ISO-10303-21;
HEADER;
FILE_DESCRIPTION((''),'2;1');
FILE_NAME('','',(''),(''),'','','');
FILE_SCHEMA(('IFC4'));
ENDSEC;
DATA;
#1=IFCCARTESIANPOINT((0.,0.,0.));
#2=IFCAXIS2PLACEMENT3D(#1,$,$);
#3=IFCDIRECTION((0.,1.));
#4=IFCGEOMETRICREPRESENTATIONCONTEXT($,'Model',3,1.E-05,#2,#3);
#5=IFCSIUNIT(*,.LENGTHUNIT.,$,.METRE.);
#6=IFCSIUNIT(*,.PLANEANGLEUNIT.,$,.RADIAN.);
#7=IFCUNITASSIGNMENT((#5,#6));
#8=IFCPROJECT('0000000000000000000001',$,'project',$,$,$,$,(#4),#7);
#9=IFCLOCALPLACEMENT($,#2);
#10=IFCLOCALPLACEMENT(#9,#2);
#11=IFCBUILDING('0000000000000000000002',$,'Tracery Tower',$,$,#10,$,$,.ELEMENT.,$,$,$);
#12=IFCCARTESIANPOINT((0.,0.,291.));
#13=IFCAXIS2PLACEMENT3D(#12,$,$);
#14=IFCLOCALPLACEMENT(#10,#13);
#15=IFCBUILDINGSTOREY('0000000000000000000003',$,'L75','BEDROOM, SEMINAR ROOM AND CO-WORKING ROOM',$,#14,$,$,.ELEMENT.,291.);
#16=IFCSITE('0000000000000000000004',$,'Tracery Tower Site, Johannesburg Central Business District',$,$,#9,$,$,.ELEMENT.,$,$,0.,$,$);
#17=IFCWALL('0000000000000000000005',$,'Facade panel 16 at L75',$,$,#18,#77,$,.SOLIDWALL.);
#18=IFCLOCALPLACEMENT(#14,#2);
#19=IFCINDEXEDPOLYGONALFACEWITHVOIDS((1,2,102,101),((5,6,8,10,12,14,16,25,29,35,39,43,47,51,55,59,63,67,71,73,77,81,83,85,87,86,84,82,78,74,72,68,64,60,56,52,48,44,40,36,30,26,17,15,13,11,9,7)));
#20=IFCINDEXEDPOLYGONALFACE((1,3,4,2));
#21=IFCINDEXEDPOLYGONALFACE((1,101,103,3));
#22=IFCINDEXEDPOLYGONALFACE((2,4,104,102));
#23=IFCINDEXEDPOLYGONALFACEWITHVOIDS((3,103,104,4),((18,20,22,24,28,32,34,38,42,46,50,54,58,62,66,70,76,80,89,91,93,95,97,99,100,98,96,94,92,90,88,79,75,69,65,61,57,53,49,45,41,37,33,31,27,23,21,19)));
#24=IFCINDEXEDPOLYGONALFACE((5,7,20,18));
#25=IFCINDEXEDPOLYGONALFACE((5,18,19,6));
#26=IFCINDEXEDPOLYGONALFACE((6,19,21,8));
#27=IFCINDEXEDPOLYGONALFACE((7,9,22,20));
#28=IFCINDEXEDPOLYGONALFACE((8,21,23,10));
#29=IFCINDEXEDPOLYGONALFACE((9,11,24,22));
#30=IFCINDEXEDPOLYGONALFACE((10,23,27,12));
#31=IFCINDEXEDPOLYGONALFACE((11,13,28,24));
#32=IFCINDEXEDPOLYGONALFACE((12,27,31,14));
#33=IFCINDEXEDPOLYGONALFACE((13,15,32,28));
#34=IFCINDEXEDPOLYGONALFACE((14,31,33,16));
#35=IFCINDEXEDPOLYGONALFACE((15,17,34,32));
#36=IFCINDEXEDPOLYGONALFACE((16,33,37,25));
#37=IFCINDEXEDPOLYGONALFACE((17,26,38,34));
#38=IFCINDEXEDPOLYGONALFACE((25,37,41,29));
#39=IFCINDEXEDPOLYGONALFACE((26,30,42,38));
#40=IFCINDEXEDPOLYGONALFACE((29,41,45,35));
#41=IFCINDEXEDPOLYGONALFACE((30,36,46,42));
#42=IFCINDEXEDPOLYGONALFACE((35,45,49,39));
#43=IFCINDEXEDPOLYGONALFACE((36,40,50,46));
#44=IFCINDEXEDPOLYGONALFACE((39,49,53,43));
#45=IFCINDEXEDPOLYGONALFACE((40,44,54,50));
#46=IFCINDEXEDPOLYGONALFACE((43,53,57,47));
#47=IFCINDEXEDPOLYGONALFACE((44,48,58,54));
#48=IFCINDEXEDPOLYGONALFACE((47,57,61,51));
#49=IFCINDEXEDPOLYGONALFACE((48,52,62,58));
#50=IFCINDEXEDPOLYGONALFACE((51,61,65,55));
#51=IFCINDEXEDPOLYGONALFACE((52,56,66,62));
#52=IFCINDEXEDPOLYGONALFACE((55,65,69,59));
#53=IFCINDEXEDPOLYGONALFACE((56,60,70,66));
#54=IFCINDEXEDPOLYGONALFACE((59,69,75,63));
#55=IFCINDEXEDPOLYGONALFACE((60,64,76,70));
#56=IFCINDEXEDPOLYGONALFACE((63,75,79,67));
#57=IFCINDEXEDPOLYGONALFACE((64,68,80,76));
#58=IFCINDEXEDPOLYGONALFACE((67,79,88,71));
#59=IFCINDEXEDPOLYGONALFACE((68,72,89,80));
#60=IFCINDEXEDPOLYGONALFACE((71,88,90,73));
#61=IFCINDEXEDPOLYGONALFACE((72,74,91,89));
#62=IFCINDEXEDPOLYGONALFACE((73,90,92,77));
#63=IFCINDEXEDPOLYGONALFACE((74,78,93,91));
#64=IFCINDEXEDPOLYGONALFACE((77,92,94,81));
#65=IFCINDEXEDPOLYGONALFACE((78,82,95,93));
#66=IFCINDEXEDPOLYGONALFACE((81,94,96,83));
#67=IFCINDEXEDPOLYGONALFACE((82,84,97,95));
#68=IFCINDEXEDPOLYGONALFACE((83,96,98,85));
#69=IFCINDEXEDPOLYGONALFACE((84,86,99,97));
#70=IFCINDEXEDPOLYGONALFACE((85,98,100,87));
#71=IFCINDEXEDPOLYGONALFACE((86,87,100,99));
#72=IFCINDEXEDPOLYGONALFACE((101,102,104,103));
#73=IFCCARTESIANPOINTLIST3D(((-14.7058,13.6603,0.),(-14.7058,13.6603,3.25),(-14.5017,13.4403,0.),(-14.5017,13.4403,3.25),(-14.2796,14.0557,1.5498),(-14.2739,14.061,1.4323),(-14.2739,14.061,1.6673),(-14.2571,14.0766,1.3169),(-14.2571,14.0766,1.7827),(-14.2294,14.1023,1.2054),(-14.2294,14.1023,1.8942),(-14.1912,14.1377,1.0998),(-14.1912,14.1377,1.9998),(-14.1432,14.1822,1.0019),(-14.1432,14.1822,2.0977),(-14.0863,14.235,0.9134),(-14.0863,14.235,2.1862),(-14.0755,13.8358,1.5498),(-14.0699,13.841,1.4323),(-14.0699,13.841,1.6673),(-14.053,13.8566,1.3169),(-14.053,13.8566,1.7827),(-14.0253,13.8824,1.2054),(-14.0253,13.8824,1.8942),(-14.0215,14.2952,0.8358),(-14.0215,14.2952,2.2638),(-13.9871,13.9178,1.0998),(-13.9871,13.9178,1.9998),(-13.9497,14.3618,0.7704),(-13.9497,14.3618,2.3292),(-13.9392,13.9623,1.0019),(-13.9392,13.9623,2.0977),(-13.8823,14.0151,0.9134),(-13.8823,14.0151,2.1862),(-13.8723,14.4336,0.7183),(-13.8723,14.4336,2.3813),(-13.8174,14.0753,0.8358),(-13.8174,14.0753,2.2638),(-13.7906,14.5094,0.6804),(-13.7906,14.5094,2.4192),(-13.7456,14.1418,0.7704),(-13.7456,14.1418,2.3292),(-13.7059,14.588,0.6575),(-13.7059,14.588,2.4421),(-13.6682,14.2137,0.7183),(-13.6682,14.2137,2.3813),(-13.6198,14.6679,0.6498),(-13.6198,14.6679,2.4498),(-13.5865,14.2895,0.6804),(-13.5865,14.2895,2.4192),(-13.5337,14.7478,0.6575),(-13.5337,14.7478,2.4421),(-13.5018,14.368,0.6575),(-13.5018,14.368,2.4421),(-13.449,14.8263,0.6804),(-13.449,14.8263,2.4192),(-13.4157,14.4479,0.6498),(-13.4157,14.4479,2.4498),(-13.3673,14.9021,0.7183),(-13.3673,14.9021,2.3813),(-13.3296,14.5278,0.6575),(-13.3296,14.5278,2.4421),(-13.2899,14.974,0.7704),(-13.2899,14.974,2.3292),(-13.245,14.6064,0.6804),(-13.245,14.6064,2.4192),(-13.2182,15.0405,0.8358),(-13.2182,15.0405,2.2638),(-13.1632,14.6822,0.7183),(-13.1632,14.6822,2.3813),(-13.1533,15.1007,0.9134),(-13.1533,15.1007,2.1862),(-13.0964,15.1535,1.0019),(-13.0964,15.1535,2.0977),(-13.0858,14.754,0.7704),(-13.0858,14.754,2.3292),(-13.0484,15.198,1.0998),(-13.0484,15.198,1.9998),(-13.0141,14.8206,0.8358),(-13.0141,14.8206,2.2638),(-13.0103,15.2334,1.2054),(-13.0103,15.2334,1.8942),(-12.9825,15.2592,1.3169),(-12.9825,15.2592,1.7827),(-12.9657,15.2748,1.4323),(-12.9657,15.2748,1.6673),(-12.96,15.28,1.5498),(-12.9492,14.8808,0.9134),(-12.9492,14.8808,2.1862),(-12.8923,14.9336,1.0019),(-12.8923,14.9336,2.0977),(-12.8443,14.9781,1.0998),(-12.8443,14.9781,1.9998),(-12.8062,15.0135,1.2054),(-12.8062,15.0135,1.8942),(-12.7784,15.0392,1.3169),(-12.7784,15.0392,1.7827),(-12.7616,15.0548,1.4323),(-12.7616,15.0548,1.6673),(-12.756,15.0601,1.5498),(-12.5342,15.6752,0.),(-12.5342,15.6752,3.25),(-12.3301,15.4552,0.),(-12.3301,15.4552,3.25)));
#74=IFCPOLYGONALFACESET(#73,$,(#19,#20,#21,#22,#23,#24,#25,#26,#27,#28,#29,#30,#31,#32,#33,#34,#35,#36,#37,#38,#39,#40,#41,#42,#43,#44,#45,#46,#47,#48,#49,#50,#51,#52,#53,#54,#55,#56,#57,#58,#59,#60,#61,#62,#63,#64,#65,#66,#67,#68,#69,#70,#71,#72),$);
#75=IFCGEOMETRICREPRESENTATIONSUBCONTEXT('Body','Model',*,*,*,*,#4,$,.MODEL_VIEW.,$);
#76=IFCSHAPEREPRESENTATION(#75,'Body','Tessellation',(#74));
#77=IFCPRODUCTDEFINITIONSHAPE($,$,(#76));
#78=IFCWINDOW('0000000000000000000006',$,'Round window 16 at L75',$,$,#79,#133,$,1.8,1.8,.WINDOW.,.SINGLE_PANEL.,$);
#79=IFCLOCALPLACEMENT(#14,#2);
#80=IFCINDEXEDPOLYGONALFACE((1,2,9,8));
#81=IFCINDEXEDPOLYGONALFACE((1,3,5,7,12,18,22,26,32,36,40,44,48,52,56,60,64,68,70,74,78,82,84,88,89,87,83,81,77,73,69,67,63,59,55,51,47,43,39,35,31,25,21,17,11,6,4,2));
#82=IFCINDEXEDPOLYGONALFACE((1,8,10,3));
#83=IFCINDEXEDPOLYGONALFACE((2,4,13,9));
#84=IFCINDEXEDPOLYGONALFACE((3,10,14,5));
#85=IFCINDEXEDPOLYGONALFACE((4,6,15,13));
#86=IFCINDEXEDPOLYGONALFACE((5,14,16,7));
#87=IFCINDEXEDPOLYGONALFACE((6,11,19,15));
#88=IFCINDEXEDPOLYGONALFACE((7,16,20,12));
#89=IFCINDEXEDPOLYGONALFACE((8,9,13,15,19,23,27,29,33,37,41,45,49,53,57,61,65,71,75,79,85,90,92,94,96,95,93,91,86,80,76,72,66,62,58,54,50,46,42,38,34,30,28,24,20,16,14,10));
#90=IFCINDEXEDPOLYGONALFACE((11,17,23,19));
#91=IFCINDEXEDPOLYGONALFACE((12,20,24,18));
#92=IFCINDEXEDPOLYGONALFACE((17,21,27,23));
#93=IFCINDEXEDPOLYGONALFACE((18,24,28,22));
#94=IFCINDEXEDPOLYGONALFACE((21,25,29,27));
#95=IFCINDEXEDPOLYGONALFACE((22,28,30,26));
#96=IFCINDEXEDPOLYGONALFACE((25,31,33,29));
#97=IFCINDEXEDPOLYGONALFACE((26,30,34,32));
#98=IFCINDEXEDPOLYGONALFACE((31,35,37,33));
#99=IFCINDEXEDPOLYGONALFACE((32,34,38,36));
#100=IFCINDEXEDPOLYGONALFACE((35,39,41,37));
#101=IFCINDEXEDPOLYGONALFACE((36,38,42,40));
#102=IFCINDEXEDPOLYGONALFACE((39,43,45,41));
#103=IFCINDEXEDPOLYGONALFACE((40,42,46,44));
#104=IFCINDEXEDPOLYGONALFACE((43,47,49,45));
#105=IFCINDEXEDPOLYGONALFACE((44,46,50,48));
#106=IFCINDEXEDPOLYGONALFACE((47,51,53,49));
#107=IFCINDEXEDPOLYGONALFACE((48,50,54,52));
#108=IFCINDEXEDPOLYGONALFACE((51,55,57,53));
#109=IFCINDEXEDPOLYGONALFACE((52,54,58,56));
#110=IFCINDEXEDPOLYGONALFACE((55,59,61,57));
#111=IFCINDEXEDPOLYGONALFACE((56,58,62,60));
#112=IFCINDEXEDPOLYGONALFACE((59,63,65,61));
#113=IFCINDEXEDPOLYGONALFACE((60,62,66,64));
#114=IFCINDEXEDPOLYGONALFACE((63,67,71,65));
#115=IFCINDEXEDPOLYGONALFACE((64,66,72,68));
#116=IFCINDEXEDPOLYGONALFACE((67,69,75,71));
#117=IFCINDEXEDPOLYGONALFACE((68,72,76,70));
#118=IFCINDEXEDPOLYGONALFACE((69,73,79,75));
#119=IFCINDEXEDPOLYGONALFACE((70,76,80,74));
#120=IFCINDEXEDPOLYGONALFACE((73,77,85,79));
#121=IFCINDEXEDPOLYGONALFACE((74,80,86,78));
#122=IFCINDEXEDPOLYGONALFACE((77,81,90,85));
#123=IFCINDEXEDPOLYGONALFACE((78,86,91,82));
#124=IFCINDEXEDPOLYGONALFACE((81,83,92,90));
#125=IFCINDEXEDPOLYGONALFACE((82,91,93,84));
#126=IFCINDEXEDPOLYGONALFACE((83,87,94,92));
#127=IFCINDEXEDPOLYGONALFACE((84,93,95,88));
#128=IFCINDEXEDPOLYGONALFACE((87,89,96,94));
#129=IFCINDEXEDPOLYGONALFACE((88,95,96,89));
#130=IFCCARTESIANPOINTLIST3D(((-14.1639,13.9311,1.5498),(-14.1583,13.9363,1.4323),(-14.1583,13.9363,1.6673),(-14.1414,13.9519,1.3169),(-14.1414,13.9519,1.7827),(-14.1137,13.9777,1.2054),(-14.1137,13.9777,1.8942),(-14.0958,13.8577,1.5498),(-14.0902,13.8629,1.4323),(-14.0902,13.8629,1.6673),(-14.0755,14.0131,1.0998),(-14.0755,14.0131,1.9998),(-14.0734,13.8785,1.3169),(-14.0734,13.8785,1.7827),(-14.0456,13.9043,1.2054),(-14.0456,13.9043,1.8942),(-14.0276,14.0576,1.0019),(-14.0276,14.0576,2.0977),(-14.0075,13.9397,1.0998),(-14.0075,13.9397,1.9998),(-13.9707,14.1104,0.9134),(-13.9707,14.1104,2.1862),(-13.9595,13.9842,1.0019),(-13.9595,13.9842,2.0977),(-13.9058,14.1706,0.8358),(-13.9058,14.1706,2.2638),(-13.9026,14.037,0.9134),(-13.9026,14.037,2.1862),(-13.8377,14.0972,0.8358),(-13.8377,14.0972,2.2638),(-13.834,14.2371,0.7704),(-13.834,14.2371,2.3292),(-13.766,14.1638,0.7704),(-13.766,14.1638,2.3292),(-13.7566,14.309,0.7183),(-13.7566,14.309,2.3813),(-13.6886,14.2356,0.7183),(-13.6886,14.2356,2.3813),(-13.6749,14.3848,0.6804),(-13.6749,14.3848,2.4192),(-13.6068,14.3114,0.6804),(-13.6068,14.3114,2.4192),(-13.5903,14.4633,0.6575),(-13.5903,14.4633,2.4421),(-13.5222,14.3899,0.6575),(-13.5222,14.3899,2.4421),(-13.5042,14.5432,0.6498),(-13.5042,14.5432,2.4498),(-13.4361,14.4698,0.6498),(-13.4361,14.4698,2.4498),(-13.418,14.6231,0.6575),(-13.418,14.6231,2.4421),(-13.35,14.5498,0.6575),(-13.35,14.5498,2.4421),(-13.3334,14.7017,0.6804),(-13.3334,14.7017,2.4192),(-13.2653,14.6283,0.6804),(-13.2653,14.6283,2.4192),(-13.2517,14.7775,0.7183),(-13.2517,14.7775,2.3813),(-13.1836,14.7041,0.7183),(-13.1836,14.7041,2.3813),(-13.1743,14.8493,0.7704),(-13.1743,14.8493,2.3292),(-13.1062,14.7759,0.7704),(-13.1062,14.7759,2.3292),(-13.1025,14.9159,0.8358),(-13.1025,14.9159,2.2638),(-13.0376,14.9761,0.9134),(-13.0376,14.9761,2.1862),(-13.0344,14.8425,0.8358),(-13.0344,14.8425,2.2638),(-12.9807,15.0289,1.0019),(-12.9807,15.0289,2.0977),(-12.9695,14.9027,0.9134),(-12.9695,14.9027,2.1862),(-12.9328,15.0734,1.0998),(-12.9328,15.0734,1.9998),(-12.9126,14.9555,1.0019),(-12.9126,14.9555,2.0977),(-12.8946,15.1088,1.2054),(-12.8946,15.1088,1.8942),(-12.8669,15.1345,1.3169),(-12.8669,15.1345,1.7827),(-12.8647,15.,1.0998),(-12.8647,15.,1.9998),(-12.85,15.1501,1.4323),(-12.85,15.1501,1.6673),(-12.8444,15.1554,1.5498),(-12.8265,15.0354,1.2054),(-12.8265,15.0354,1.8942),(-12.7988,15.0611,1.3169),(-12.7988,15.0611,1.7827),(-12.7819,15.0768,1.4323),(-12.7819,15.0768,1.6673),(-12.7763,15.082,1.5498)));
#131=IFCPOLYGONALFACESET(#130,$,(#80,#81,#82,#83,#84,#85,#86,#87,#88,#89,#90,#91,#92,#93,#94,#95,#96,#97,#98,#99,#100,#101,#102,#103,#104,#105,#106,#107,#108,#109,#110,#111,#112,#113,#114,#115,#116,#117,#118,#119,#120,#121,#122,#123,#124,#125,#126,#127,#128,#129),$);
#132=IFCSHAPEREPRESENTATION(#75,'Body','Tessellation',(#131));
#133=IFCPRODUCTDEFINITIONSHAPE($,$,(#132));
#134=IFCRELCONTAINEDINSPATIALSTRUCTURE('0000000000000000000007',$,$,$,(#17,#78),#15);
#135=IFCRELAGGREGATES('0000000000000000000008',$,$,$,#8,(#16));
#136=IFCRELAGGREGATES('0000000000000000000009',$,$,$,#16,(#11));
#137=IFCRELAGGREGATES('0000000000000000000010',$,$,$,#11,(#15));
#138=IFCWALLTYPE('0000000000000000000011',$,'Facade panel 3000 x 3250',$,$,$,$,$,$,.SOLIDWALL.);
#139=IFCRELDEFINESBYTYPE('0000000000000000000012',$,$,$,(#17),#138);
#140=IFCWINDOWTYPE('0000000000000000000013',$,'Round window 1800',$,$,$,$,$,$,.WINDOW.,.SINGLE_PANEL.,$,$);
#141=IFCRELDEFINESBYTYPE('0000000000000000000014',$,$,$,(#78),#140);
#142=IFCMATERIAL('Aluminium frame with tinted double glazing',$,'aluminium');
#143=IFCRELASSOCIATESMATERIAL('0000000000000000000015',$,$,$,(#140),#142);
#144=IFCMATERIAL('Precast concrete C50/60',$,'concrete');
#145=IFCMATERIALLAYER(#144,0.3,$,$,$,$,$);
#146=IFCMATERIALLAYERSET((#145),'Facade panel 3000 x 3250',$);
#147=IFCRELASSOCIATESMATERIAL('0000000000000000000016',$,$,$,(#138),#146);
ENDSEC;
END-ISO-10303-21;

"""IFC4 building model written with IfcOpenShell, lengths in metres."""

from ifc_helpers import new_model, si_unit, direction, frame, frame_2d, origin, origin_2d, place, context, subcontext, project, spatial, rectangle, circle, extrude, material, layer, layer_set, type_object, element, fill, save


model = new_model("IFC4")

# Units and contexts
model_context = context("Model", 3, precision=1e-05, world=origin(), true_north=direction((0.0, 1.0)))
body_context = subcontext(model_context, "Body", "Model", "MODEL_VIEW")
ifc_project = project(units=[si_unit("LENGTHUNIT", "METRE"), si_unit("PLANEANGLEUNIT", "RADIAN")], contexts=[model_context])

# Site, building, storey
site_placement = place(None, origin())
site = spatial("IfcSite", under=ifc_project, at=site_placement, Name="Tracery Tower Site, Johannesburg Central Business District", CompositionType="ELEMENT", RefElevation=0.0)
building_placement = place(site_placement, origin())
building = spatial("IfcBuilding", under=site, at=building_placement, Name="Tracery Tower", CompositionType="ELEMENT")
storey_placement = place(building_placement, frame((0.0, 0.0, 291.0)))
storey = spatial("IfcBuildingStorey", under=building, at=storey_placement, Name="L75", Description="BEDROOM, SEMINAR ROOM AND CO-WORKING ROOM", CompositionType="ELEMENT", Elevation=291.0)

# Wall, opening, window
ifc_material_1 = material(Name="Aluminium frame with tinted double glazing", Category="aluminium")
window_type = type_object("IfcWindowType", Name="Round window 1800", PartitioningType="SINGLE_PANEL", PredefinedType="WINDOW", material=ifc_material_1)
ifc_material_2 = material(Name="Precast concrete C50/60", Category="concrete")
ifc_layer_1 = layer(ifc_material_2, 0.3)
ifc_layer_set_1 = layer_set([ifc_layer_1], Name="Facade panel 3000 x 3250")
wall_type_1 = type_object("IfcWallType", Name="Facade panel 3000 x 3250", PredefinedType="SOLIDWALL", material=ifc_layer_set_1)
wall_1_placement = place(storey_placement, frame((-12.4321, 15.5652, 0.0), z_axis=(0.0, 0.0, 1.0), x_axis=(-0.733066, -0.680157, 0.0)))
wall_1 = element("IfcWall", 1, at=wall_1_placement, inside=storey, type_object=wall_type_1, Name="Facade panel 16 at L75", PredefinedType="SOLIDWALL", context=body_context, shape_type="SweptSolid", body=[
    extrude(rectangle(XDim=2.9624, YDim=0.3, at=frame_2d((1.4812, 0.0))), origin(), (0.0, 0.0, 1.0), 3.25),
])
opening_1_placement = place(wall_1_placement, frame((1.481, 0.0, 1.5498)))
opening_1 = element("IfcOpeningElement", 2, at=opening_1_placement, cuts=wall_1, PredefinedType="OPENING", context=body_context, shape_type="SweptSolid", body=[
    extrude(circle(Radius=0.9, at=origin_2d()), frame((0.0, 0.1599, 0.0), z_axis=(0.0, -1.0, 0.0), x_axis=(1.0, 0.0, 0.0)), (0.0, 0.0, 1.0), 0.3201),
])
window_1_placement = place(opening_1_placement, origin())
window_1 = element("IfcWindow", 3, at=window_1_placement, inside=storey, type_object=window_type, Name="Round window 16 at L75", OverallHeight=1.8, OverallWidth=1.8, PartitioningType="SINGLE_PANEL", PredefinedType="WINDOW", context=body_context, shape_type="SweptSolid", body=[
    extrude(circle(Radius=0.9, at=origin_2d()), frame((0.0, 0.1201, 0.0), z_axis=(0.0, -1.0, 0.0), x_axis=(1.0, 0.0, 0.0)), (0.0, 0.0, 1.0), 0.1001),
])
fill(opening_1, window_1)

save(model, "model.ifc")
